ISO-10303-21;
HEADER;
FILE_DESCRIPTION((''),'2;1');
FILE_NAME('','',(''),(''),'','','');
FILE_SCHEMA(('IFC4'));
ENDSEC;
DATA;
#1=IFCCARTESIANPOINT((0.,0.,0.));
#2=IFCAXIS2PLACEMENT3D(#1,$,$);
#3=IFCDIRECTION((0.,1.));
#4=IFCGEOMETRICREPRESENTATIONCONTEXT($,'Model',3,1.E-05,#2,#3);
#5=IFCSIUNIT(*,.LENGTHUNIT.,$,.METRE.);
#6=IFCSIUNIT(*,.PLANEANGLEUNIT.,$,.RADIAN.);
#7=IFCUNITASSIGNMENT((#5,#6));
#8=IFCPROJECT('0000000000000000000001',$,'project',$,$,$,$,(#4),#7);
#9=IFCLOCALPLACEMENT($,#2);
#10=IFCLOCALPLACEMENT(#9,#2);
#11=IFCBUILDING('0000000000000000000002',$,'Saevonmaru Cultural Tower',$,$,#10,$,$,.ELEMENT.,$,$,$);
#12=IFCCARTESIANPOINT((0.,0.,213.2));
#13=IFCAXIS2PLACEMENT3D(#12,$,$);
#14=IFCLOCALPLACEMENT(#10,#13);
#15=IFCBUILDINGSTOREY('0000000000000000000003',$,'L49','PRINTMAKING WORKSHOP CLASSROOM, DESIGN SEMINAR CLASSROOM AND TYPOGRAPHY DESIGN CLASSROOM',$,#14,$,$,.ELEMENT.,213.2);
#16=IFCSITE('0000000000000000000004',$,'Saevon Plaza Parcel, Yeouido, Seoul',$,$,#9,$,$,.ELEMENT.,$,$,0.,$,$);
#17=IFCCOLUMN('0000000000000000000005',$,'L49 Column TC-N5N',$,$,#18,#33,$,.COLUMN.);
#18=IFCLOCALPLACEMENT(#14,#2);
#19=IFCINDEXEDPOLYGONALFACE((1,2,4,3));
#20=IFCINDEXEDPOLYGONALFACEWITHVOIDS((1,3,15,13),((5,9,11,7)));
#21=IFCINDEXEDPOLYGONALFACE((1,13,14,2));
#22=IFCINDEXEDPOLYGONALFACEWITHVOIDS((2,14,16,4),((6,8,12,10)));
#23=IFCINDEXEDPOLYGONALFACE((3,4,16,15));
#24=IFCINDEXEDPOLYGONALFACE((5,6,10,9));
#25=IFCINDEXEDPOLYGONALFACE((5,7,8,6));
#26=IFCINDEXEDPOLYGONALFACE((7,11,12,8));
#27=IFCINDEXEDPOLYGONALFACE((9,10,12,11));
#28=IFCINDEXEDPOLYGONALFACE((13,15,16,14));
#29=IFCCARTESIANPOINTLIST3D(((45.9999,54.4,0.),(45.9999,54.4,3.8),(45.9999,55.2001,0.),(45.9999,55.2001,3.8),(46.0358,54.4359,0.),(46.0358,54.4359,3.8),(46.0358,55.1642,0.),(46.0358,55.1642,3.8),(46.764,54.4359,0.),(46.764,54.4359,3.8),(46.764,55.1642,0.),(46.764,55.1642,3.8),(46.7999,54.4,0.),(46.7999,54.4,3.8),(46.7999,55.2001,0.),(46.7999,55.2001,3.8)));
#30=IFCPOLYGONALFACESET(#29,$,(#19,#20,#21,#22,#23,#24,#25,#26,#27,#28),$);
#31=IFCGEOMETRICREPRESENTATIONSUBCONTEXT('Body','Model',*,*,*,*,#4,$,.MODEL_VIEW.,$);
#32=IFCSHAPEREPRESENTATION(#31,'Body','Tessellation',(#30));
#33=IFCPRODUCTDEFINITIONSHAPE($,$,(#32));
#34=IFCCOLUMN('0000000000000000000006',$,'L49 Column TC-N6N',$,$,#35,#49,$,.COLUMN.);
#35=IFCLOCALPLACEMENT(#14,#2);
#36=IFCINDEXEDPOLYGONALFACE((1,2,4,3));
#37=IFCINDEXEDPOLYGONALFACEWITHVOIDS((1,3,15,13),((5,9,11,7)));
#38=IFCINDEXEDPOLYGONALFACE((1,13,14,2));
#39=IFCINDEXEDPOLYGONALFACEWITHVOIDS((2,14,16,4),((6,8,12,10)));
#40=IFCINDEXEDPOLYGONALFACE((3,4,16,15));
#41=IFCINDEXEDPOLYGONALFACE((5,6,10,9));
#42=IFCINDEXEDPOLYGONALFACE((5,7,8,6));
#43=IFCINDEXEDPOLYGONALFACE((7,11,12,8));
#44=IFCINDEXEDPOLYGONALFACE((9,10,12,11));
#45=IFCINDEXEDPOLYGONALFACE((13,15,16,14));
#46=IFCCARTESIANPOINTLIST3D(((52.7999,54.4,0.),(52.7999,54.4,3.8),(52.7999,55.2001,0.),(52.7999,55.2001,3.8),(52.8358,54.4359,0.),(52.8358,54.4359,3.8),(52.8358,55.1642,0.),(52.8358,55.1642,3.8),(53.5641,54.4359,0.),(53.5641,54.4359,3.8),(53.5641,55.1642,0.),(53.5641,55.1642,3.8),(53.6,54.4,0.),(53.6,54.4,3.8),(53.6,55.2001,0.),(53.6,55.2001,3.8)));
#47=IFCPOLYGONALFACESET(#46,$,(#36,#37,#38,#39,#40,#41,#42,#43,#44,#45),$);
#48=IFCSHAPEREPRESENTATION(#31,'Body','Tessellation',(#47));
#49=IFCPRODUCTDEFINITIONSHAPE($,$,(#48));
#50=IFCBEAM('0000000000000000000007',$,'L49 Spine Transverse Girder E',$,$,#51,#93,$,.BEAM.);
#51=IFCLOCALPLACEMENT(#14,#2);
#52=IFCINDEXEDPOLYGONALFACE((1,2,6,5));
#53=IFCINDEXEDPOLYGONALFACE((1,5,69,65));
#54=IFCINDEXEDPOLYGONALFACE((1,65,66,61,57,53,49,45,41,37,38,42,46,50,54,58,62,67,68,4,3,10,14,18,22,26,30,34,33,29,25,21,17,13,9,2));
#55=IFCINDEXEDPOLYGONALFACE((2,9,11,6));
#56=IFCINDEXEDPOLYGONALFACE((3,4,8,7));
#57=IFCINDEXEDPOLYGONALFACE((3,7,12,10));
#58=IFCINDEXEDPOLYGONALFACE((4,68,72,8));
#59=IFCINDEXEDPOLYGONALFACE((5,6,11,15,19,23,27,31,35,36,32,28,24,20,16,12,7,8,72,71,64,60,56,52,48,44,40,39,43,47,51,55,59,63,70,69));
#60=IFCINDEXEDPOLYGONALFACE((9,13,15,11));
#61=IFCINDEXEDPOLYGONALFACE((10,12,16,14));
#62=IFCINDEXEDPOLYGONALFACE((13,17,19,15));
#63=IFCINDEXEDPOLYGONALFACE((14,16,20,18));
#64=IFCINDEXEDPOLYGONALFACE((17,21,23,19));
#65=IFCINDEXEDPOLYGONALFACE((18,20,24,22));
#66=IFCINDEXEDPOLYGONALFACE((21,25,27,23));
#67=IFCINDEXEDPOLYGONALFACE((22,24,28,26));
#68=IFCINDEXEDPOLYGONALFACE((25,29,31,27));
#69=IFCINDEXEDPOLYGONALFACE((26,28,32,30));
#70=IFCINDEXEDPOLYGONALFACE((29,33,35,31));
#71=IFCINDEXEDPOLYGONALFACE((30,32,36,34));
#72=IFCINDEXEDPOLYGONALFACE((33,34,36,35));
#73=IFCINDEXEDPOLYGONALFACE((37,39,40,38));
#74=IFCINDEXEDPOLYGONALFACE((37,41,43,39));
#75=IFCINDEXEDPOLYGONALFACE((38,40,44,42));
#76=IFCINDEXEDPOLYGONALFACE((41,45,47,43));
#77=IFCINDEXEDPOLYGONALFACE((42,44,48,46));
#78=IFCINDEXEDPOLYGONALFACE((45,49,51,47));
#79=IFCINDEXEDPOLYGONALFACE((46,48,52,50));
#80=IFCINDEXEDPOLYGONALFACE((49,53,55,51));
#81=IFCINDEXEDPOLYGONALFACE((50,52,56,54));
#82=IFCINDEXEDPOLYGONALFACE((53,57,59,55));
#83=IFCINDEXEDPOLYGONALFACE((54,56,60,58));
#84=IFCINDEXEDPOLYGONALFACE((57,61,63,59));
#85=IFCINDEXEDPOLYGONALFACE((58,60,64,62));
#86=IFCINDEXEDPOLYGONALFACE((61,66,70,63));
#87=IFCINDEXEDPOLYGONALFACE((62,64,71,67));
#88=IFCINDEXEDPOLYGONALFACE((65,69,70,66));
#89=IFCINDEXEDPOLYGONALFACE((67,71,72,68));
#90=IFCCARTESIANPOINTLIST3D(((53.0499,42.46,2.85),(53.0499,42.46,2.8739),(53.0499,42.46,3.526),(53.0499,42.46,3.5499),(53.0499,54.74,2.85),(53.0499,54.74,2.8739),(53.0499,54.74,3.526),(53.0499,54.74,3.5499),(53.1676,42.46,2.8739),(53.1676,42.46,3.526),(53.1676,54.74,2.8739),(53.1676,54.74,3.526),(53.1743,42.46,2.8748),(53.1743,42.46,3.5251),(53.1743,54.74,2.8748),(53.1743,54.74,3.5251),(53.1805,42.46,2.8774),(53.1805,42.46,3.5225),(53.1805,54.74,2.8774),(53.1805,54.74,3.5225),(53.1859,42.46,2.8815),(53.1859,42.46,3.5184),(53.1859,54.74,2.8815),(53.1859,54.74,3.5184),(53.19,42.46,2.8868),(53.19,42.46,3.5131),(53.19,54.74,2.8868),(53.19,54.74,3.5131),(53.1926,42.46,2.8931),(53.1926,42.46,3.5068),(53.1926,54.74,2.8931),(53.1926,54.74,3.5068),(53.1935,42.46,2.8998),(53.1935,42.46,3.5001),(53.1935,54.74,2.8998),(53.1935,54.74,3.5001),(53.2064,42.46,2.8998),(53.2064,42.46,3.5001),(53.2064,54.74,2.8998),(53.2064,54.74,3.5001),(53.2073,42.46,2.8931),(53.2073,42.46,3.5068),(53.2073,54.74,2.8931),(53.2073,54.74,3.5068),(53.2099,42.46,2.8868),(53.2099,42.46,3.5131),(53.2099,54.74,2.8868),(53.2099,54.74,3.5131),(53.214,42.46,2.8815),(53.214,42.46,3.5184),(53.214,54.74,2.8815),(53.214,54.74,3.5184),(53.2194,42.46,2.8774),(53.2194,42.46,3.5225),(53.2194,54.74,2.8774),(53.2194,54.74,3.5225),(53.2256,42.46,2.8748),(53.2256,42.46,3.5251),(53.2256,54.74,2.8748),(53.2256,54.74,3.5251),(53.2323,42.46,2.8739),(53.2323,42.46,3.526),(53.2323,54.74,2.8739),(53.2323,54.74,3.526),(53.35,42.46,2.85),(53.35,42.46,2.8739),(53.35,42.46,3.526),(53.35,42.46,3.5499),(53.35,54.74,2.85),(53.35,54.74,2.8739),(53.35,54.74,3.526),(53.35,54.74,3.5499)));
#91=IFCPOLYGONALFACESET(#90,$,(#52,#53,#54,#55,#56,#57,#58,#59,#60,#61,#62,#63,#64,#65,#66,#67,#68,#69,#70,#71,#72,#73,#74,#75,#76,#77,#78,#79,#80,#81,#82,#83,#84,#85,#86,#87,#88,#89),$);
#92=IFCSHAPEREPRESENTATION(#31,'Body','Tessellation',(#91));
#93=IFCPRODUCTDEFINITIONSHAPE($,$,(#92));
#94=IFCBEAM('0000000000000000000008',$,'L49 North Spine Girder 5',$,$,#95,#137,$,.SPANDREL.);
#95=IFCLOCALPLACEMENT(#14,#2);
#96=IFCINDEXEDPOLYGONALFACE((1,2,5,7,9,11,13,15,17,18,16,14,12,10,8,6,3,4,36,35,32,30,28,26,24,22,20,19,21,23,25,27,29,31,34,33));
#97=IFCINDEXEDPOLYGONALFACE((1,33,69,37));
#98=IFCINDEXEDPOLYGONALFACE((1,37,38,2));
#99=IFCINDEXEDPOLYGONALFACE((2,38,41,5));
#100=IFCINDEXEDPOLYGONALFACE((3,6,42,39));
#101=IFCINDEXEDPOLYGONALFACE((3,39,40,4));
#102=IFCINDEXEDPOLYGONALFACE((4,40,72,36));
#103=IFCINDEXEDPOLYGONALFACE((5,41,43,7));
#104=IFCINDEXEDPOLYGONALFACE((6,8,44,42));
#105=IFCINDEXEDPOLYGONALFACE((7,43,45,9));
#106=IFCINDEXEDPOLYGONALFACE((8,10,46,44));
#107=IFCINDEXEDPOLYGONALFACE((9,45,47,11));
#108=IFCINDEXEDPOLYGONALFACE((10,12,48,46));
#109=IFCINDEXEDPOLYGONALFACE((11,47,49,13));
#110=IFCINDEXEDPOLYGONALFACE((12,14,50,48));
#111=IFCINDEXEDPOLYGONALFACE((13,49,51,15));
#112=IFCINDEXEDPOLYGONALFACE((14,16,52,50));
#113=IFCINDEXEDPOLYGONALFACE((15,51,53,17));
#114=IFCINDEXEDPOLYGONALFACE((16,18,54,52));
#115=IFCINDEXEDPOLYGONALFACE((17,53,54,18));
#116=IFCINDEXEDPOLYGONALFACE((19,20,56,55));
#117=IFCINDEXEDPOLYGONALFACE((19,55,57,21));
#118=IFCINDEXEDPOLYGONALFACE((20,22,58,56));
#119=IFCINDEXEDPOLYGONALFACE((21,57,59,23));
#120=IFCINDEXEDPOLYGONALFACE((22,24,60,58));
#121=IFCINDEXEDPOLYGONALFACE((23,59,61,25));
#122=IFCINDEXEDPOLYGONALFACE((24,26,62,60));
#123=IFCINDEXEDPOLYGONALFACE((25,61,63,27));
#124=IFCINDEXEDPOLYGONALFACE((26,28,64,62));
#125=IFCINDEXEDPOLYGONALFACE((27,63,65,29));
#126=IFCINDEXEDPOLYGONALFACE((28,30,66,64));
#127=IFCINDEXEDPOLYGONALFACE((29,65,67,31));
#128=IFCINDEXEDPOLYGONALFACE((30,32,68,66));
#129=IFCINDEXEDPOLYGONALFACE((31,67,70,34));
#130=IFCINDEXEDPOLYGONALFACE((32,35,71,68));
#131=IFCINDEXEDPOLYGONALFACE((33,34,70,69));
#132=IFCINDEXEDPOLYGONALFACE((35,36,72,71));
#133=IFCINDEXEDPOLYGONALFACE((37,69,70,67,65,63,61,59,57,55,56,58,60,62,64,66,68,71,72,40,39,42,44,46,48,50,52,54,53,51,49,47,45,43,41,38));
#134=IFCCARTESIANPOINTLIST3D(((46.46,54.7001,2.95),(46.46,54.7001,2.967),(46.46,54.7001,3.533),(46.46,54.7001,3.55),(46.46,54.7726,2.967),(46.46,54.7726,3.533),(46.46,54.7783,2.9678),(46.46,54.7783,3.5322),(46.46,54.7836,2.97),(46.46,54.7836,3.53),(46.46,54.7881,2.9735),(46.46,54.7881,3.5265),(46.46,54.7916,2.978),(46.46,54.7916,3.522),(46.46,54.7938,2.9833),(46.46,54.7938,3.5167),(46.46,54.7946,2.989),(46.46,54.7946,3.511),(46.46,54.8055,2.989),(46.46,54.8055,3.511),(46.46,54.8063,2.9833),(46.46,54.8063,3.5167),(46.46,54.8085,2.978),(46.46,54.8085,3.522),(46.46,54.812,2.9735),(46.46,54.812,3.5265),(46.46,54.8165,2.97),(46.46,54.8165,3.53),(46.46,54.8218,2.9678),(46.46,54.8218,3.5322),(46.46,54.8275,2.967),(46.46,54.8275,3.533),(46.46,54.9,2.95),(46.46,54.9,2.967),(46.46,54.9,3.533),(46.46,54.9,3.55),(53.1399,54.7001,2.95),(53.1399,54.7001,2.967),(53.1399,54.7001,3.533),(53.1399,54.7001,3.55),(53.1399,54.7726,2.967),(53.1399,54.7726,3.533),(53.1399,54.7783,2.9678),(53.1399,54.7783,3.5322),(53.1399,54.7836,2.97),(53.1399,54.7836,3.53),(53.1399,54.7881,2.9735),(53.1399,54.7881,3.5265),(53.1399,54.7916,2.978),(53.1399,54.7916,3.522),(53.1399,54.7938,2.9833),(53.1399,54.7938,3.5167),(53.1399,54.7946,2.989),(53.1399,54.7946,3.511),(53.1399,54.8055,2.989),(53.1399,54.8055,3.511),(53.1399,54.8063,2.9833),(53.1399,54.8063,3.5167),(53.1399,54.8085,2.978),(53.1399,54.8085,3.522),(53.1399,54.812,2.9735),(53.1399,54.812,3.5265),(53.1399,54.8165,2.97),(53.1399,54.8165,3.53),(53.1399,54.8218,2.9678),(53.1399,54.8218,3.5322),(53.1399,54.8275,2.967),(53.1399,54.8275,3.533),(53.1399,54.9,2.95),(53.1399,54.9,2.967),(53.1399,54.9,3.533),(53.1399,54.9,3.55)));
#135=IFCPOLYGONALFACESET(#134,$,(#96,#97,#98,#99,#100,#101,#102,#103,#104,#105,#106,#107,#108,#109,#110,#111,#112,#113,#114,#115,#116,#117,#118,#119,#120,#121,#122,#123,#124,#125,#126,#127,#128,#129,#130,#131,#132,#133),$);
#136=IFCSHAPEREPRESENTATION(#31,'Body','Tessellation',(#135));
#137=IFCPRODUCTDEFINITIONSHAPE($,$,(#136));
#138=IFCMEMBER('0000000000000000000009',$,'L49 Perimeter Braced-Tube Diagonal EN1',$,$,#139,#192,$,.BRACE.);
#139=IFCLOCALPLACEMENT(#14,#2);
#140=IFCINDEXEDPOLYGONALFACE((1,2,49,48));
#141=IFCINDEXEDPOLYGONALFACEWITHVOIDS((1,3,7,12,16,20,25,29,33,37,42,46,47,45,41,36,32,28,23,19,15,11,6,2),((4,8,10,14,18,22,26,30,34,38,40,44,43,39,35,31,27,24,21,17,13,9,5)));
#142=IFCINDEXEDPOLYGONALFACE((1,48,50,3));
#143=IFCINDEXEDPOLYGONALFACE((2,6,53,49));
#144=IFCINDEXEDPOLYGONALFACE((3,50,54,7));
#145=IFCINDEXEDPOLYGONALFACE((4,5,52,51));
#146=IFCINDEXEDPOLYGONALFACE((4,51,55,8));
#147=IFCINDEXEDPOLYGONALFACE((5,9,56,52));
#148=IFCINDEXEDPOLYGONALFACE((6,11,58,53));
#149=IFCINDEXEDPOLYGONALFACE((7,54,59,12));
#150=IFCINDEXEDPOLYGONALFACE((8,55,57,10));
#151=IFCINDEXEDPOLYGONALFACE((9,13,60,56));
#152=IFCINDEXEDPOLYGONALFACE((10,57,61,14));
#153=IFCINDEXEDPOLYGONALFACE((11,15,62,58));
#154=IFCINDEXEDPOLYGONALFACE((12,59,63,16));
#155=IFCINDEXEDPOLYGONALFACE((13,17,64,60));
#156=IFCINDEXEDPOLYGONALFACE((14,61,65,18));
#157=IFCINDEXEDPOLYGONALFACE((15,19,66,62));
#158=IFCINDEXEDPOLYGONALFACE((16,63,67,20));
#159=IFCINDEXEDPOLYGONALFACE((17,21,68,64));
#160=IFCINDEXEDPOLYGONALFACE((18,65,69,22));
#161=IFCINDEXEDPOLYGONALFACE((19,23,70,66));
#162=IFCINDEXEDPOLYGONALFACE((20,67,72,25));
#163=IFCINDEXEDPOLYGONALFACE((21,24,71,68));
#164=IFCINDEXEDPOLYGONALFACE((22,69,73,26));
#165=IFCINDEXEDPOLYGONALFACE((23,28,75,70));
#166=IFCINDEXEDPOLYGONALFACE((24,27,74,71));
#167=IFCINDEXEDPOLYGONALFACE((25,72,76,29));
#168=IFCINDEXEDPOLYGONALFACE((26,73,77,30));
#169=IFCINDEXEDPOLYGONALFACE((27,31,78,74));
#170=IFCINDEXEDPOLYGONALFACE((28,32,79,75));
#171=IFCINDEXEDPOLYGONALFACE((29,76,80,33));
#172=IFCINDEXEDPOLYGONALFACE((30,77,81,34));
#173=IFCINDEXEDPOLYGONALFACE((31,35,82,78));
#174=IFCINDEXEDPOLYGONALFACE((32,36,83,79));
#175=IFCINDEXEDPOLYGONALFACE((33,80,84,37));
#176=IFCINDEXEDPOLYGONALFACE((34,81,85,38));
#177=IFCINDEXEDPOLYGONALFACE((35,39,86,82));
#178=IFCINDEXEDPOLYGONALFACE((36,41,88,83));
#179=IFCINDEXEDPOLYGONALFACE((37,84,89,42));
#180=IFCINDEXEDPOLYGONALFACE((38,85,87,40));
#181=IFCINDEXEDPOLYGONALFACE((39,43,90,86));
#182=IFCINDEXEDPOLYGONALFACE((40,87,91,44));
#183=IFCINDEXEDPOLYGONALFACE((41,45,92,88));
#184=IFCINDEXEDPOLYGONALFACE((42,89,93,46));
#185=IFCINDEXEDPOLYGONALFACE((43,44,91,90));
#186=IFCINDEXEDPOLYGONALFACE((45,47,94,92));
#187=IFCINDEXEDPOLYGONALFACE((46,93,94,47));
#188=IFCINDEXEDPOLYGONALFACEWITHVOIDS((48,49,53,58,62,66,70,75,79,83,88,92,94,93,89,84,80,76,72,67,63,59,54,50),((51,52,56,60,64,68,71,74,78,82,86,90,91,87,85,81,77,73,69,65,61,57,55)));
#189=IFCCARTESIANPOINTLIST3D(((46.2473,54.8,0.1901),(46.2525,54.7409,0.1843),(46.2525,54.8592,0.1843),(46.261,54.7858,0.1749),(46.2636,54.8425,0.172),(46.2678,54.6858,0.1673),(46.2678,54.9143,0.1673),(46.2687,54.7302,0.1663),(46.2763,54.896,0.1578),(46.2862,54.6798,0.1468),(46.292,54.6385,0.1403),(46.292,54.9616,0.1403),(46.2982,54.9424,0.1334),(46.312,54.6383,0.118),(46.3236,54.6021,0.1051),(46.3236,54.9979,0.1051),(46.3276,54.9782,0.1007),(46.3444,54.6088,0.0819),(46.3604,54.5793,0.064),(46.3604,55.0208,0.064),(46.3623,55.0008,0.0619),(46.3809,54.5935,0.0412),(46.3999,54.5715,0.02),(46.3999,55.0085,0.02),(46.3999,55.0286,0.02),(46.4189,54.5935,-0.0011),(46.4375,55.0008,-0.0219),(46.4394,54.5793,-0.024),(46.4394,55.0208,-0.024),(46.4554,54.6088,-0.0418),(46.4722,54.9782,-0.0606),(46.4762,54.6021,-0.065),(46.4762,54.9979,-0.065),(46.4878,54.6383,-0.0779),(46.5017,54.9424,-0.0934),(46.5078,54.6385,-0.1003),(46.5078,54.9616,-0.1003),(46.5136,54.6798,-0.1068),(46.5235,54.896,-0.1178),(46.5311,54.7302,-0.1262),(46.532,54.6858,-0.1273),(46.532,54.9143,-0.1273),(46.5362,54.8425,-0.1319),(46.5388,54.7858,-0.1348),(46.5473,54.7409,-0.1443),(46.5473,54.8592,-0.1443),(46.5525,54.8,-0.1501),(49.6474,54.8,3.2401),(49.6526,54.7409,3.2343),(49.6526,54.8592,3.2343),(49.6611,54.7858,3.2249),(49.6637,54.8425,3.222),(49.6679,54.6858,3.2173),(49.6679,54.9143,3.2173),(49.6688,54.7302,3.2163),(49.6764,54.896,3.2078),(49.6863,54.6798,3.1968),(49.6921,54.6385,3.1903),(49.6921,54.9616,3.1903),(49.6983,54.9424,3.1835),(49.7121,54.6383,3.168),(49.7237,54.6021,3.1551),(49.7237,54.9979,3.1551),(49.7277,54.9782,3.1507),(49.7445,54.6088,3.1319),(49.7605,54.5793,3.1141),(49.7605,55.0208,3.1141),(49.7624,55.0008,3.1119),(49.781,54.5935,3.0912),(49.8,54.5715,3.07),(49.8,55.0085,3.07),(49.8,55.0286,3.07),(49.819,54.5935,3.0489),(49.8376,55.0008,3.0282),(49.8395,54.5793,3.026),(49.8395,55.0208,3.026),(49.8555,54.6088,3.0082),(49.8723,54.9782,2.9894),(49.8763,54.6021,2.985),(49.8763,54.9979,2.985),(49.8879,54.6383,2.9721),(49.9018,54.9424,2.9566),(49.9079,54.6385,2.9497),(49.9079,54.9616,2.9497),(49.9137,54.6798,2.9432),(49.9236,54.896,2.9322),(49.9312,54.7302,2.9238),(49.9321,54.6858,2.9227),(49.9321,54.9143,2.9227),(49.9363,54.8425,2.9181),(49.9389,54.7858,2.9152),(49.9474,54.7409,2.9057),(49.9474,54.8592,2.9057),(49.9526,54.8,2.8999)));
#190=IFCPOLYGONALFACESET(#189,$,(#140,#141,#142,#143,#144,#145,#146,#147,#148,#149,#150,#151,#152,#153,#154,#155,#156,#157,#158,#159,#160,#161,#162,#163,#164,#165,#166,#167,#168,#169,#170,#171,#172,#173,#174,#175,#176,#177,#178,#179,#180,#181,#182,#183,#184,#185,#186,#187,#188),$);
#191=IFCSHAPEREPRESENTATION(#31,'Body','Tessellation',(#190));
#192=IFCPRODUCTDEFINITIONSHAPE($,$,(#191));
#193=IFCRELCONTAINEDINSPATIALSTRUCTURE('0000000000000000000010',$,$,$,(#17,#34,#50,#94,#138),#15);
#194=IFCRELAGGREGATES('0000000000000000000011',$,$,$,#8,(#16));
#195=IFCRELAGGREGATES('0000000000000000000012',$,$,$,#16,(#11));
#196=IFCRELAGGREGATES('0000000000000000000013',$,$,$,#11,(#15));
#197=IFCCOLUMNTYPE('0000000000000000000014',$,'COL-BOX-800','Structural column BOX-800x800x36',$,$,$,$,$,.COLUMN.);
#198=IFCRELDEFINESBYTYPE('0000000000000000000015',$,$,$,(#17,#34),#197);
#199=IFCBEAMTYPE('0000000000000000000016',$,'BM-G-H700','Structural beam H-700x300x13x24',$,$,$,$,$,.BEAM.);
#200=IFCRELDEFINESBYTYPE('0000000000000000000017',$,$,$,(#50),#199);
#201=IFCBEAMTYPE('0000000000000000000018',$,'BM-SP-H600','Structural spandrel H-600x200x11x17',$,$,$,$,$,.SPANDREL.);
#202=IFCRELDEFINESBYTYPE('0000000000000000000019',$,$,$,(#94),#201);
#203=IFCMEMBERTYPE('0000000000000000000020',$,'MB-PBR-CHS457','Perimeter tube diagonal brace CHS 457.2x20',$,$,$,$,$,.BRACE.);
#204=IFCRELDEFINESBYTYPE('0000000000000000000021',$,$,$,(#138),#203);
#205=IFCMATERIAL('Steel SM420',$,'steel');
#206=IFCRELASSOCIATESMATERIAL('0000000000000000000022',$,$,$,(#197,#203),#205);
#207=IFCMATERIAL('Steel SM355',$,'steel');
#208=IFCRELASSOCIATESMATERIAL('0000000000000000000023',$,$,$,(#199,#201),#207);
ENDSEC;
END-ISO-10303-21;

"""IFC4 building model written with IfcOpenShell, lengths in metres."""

from ifc_helpers import new_model, si_unit, direction, frame, origin, origin_2d, place, context, subcontext, project, spatial, hollow_rectangle, hollow_circle, i_section, extrude, material, material_profile, profile_set, type_object, element, save


model = new_model("IFC4")

# Units and contexts
model_context = context("Model", 3, precision=1e-05, world=origin(), true_north=direction((0.0, 1.0)))
body_context = subcontext(model_context, "Body", "Model", "MODEL_VIEW")
ifc_project = project(units=[si_unit("LENGTHUNIT", "METRE"), si_unit("PLANEANGLEUNIT", "RADIAN")], contexts=[model_context])

# Site, building, storey
site_placement = place(None, origin())
site = spatial("IfcSite", under=ifc_project, at=site_placement, Name="Saevon Plaza Parcel, Yeouido, Seoul", CompositionType="ELEMENT", RefElevation=0.0)
building_placement = place(site_placement, origin())
building = spatial("IfcBuilding", under=site, at=building_placement, Name="Saevonmaru Cultural Tower", CompositionType="ELEMENT")
storey_placement = place(building_placement, frame((0.0, 0.0, 213.2)))
storey = spatial("IfcBuildingStorey", under=building, at=storey_placement, Name="L49", Description="PRINTMAKING WORKSHOP CLASSROOM, DESIGN SEMINAR CLASSROOM AND TYPOGRAPHY DESIGN CLASSROOM", CompositionType="ELEMENT", Elevation=213.2)

# Columns
ifc_material_1 = material(Name="Steel SM420", Category="steel")
ifc_material_profile_1 = material_profile(ifc_material_1, hollow_rectangle(XDim=0.8, YDim=0.8, WallThickness=0.0359, at=origin_2d()), Name="BOX-800x800x36")
ifc_profile_set_1 = profile_set([ifc_material_profile_1], Name="Steel SM420")
column_type = type_object("IfcColumnType", Name="COL-BOX-800", Description="Structural column BOX-800x800x36", PredefinedType="COLUMN", material=ifc_profile_set_1)
for number, where, z_axis, x_axis, name in (
    (1, (46.3999, 54.8, 0.0), (0.0, 0.0, 1.0), (1.0, 0.0, 0.0), "L49 Column TC-N5N"),
    (2, (53.2, 54.8, 0.0), (0.0, 0.0, 1.0), (1.0, 0.0, 0.0), "L49 Column TC-N6N"),
):
    element("IfcColumn", number, at=place(storey_placement, frame(where, z_axis=z_axis, x_axis=x_axis)), inside=storey, type_object=column_type, Name=name, PredefinedType="COLUMN", context=body_context, shape_type="SweptSolid", body=[
        extrude(hollow_rectangle(XDim=0.8, YDim=0.8, WallThickness=0.0359, at=origin_2d()), origin(), (0.0, 0.0, 1.0), 3.8),
    ])

# Beams
ifc_material_2 = material(Name="Steel SM355", Category="steel")
ifc_material_profile_2 = material_profile(ifc_material_2, i_section(OverallWidth=0.3, OverallDepth=0.7, WebThickness=0.0129, FlangeThickness=0.0239, FilletRadius=0.0259, at=origin_2d()), Name="H-700x300x13x24")
ifc_profile_set_2 = profile_set([ifc_material_profile_2], Name="Steel SM355")
beam_type_1 = type_object("IfcBeamType", Name="BM-G-H700", Description="Structural beam H-700x300x13x24", PredefinedType="BEAM", material=ifc_profile_set_2)
beam_1_placement = place(storey_placement, frame((53.2, 54.74, 3.2), z_axis=(0.0, -1.0, 0.0), x_axis=(1.0, 0.0, 0.0)))
element("IfcBeam", 3, at=beam_1_placement, inside=storey, type_object=beam_type_1, Name="L49 Spine Transverse Girder E", PredefinedType="BEAM", context=body_context, shape_type="SweptSolid", body=[
    extrude(i_section(OverallWidth=0.3, OverallDepth=0.7, WebThickness=0.0129, FlangeThickness=0.0239, FilletRadius=0.0259, at=origin_2d()), origin(), (0.0, 0.0, 1.0), 12.28),
])
ifc_material_profile_3 = material_profile(ifc_material_2, i_section(OverallWidth=0.2, OverallDepth=0.6001, WebThickness=0.011, FlangeThickness=0.0171, FilletRadius=0.022, at=origin_2d()), Name="H-600x200x11x17")
ifc_profile_set_3 = profile_set([ifc_material_profile_3], Name="Steel SM355")
beam_type_2 = type_object("IfcBeamType", Name="BM-SP-H600", Description="Structural spandrel H-600x200x11x17", PredefinedType="SPANDREL", material=ifc_profile_set_3)
beam_2_placement = place(storey_placement, frame((46.46, 54.8, 3.25), z_axis=(1.0, 0.0, 0.0), x_axis=(0.0, 1.0, 0.0)))
element("IfcBeam", 4, at=beam_2_placement, inside=storey, type_object=beam_type_2, Name="L49 North Spine Girder 5", PredefinedType="SPANDREL", context=body_context, shape_type="SweptSolid", body=[
    extrude(i_section(OverallWidth=0.2, OverallDepth=0.6001, WebThickness=0.011, FlangeThickness=0.0171, FilletRadius=0.022, at=origin_2d()), origin(), (0.0, 0.0, 1.0), 6.6799),
])

# Member
ifc_material_profile_4 = material_profile(ifc_material_1, hollow_circle(Radius=0.2285, WallThickness=0.02, at=origin_2d()), Name="CHS-457.2x20")
ifc_profile_set_4 = profile_set([ifc_material_profile_4], Name="Steel SM420")
member_type_1 = type_object("IfcMemberType", Name="MB-PBR-CHS457", Description="Perimeter tube diagonal brace CHS 457.2x20", PredefinedType="BRACE", material=ifc_profile_set_4)
for number, where, z_axis, x_axis, name in (
    (5, (46.3999, 54.8, 0.02), (0.744391, 0.0, 0.667744), (0.0, 1.0, 0.0), "L49 Perimeter Braced-Tube Diagonal EN1"),
):
    element("IfcMember", number, at=place(storey_placement, frame(where, z_axis=z_axis, x_axis=x_axis)), inside=storey, type_object=member_type_1, Name=name, PredefinedType="BRACE", context=body_context, shape_type="SweptSolid", body=[
        extrude(hollow_circle(Radius=0.2285, WallThickness=0.02, at=origin_2d()), origin(), (0.0, 0.0, 1.0), 4.5676),
    ])

save(model, "model.ifc")
